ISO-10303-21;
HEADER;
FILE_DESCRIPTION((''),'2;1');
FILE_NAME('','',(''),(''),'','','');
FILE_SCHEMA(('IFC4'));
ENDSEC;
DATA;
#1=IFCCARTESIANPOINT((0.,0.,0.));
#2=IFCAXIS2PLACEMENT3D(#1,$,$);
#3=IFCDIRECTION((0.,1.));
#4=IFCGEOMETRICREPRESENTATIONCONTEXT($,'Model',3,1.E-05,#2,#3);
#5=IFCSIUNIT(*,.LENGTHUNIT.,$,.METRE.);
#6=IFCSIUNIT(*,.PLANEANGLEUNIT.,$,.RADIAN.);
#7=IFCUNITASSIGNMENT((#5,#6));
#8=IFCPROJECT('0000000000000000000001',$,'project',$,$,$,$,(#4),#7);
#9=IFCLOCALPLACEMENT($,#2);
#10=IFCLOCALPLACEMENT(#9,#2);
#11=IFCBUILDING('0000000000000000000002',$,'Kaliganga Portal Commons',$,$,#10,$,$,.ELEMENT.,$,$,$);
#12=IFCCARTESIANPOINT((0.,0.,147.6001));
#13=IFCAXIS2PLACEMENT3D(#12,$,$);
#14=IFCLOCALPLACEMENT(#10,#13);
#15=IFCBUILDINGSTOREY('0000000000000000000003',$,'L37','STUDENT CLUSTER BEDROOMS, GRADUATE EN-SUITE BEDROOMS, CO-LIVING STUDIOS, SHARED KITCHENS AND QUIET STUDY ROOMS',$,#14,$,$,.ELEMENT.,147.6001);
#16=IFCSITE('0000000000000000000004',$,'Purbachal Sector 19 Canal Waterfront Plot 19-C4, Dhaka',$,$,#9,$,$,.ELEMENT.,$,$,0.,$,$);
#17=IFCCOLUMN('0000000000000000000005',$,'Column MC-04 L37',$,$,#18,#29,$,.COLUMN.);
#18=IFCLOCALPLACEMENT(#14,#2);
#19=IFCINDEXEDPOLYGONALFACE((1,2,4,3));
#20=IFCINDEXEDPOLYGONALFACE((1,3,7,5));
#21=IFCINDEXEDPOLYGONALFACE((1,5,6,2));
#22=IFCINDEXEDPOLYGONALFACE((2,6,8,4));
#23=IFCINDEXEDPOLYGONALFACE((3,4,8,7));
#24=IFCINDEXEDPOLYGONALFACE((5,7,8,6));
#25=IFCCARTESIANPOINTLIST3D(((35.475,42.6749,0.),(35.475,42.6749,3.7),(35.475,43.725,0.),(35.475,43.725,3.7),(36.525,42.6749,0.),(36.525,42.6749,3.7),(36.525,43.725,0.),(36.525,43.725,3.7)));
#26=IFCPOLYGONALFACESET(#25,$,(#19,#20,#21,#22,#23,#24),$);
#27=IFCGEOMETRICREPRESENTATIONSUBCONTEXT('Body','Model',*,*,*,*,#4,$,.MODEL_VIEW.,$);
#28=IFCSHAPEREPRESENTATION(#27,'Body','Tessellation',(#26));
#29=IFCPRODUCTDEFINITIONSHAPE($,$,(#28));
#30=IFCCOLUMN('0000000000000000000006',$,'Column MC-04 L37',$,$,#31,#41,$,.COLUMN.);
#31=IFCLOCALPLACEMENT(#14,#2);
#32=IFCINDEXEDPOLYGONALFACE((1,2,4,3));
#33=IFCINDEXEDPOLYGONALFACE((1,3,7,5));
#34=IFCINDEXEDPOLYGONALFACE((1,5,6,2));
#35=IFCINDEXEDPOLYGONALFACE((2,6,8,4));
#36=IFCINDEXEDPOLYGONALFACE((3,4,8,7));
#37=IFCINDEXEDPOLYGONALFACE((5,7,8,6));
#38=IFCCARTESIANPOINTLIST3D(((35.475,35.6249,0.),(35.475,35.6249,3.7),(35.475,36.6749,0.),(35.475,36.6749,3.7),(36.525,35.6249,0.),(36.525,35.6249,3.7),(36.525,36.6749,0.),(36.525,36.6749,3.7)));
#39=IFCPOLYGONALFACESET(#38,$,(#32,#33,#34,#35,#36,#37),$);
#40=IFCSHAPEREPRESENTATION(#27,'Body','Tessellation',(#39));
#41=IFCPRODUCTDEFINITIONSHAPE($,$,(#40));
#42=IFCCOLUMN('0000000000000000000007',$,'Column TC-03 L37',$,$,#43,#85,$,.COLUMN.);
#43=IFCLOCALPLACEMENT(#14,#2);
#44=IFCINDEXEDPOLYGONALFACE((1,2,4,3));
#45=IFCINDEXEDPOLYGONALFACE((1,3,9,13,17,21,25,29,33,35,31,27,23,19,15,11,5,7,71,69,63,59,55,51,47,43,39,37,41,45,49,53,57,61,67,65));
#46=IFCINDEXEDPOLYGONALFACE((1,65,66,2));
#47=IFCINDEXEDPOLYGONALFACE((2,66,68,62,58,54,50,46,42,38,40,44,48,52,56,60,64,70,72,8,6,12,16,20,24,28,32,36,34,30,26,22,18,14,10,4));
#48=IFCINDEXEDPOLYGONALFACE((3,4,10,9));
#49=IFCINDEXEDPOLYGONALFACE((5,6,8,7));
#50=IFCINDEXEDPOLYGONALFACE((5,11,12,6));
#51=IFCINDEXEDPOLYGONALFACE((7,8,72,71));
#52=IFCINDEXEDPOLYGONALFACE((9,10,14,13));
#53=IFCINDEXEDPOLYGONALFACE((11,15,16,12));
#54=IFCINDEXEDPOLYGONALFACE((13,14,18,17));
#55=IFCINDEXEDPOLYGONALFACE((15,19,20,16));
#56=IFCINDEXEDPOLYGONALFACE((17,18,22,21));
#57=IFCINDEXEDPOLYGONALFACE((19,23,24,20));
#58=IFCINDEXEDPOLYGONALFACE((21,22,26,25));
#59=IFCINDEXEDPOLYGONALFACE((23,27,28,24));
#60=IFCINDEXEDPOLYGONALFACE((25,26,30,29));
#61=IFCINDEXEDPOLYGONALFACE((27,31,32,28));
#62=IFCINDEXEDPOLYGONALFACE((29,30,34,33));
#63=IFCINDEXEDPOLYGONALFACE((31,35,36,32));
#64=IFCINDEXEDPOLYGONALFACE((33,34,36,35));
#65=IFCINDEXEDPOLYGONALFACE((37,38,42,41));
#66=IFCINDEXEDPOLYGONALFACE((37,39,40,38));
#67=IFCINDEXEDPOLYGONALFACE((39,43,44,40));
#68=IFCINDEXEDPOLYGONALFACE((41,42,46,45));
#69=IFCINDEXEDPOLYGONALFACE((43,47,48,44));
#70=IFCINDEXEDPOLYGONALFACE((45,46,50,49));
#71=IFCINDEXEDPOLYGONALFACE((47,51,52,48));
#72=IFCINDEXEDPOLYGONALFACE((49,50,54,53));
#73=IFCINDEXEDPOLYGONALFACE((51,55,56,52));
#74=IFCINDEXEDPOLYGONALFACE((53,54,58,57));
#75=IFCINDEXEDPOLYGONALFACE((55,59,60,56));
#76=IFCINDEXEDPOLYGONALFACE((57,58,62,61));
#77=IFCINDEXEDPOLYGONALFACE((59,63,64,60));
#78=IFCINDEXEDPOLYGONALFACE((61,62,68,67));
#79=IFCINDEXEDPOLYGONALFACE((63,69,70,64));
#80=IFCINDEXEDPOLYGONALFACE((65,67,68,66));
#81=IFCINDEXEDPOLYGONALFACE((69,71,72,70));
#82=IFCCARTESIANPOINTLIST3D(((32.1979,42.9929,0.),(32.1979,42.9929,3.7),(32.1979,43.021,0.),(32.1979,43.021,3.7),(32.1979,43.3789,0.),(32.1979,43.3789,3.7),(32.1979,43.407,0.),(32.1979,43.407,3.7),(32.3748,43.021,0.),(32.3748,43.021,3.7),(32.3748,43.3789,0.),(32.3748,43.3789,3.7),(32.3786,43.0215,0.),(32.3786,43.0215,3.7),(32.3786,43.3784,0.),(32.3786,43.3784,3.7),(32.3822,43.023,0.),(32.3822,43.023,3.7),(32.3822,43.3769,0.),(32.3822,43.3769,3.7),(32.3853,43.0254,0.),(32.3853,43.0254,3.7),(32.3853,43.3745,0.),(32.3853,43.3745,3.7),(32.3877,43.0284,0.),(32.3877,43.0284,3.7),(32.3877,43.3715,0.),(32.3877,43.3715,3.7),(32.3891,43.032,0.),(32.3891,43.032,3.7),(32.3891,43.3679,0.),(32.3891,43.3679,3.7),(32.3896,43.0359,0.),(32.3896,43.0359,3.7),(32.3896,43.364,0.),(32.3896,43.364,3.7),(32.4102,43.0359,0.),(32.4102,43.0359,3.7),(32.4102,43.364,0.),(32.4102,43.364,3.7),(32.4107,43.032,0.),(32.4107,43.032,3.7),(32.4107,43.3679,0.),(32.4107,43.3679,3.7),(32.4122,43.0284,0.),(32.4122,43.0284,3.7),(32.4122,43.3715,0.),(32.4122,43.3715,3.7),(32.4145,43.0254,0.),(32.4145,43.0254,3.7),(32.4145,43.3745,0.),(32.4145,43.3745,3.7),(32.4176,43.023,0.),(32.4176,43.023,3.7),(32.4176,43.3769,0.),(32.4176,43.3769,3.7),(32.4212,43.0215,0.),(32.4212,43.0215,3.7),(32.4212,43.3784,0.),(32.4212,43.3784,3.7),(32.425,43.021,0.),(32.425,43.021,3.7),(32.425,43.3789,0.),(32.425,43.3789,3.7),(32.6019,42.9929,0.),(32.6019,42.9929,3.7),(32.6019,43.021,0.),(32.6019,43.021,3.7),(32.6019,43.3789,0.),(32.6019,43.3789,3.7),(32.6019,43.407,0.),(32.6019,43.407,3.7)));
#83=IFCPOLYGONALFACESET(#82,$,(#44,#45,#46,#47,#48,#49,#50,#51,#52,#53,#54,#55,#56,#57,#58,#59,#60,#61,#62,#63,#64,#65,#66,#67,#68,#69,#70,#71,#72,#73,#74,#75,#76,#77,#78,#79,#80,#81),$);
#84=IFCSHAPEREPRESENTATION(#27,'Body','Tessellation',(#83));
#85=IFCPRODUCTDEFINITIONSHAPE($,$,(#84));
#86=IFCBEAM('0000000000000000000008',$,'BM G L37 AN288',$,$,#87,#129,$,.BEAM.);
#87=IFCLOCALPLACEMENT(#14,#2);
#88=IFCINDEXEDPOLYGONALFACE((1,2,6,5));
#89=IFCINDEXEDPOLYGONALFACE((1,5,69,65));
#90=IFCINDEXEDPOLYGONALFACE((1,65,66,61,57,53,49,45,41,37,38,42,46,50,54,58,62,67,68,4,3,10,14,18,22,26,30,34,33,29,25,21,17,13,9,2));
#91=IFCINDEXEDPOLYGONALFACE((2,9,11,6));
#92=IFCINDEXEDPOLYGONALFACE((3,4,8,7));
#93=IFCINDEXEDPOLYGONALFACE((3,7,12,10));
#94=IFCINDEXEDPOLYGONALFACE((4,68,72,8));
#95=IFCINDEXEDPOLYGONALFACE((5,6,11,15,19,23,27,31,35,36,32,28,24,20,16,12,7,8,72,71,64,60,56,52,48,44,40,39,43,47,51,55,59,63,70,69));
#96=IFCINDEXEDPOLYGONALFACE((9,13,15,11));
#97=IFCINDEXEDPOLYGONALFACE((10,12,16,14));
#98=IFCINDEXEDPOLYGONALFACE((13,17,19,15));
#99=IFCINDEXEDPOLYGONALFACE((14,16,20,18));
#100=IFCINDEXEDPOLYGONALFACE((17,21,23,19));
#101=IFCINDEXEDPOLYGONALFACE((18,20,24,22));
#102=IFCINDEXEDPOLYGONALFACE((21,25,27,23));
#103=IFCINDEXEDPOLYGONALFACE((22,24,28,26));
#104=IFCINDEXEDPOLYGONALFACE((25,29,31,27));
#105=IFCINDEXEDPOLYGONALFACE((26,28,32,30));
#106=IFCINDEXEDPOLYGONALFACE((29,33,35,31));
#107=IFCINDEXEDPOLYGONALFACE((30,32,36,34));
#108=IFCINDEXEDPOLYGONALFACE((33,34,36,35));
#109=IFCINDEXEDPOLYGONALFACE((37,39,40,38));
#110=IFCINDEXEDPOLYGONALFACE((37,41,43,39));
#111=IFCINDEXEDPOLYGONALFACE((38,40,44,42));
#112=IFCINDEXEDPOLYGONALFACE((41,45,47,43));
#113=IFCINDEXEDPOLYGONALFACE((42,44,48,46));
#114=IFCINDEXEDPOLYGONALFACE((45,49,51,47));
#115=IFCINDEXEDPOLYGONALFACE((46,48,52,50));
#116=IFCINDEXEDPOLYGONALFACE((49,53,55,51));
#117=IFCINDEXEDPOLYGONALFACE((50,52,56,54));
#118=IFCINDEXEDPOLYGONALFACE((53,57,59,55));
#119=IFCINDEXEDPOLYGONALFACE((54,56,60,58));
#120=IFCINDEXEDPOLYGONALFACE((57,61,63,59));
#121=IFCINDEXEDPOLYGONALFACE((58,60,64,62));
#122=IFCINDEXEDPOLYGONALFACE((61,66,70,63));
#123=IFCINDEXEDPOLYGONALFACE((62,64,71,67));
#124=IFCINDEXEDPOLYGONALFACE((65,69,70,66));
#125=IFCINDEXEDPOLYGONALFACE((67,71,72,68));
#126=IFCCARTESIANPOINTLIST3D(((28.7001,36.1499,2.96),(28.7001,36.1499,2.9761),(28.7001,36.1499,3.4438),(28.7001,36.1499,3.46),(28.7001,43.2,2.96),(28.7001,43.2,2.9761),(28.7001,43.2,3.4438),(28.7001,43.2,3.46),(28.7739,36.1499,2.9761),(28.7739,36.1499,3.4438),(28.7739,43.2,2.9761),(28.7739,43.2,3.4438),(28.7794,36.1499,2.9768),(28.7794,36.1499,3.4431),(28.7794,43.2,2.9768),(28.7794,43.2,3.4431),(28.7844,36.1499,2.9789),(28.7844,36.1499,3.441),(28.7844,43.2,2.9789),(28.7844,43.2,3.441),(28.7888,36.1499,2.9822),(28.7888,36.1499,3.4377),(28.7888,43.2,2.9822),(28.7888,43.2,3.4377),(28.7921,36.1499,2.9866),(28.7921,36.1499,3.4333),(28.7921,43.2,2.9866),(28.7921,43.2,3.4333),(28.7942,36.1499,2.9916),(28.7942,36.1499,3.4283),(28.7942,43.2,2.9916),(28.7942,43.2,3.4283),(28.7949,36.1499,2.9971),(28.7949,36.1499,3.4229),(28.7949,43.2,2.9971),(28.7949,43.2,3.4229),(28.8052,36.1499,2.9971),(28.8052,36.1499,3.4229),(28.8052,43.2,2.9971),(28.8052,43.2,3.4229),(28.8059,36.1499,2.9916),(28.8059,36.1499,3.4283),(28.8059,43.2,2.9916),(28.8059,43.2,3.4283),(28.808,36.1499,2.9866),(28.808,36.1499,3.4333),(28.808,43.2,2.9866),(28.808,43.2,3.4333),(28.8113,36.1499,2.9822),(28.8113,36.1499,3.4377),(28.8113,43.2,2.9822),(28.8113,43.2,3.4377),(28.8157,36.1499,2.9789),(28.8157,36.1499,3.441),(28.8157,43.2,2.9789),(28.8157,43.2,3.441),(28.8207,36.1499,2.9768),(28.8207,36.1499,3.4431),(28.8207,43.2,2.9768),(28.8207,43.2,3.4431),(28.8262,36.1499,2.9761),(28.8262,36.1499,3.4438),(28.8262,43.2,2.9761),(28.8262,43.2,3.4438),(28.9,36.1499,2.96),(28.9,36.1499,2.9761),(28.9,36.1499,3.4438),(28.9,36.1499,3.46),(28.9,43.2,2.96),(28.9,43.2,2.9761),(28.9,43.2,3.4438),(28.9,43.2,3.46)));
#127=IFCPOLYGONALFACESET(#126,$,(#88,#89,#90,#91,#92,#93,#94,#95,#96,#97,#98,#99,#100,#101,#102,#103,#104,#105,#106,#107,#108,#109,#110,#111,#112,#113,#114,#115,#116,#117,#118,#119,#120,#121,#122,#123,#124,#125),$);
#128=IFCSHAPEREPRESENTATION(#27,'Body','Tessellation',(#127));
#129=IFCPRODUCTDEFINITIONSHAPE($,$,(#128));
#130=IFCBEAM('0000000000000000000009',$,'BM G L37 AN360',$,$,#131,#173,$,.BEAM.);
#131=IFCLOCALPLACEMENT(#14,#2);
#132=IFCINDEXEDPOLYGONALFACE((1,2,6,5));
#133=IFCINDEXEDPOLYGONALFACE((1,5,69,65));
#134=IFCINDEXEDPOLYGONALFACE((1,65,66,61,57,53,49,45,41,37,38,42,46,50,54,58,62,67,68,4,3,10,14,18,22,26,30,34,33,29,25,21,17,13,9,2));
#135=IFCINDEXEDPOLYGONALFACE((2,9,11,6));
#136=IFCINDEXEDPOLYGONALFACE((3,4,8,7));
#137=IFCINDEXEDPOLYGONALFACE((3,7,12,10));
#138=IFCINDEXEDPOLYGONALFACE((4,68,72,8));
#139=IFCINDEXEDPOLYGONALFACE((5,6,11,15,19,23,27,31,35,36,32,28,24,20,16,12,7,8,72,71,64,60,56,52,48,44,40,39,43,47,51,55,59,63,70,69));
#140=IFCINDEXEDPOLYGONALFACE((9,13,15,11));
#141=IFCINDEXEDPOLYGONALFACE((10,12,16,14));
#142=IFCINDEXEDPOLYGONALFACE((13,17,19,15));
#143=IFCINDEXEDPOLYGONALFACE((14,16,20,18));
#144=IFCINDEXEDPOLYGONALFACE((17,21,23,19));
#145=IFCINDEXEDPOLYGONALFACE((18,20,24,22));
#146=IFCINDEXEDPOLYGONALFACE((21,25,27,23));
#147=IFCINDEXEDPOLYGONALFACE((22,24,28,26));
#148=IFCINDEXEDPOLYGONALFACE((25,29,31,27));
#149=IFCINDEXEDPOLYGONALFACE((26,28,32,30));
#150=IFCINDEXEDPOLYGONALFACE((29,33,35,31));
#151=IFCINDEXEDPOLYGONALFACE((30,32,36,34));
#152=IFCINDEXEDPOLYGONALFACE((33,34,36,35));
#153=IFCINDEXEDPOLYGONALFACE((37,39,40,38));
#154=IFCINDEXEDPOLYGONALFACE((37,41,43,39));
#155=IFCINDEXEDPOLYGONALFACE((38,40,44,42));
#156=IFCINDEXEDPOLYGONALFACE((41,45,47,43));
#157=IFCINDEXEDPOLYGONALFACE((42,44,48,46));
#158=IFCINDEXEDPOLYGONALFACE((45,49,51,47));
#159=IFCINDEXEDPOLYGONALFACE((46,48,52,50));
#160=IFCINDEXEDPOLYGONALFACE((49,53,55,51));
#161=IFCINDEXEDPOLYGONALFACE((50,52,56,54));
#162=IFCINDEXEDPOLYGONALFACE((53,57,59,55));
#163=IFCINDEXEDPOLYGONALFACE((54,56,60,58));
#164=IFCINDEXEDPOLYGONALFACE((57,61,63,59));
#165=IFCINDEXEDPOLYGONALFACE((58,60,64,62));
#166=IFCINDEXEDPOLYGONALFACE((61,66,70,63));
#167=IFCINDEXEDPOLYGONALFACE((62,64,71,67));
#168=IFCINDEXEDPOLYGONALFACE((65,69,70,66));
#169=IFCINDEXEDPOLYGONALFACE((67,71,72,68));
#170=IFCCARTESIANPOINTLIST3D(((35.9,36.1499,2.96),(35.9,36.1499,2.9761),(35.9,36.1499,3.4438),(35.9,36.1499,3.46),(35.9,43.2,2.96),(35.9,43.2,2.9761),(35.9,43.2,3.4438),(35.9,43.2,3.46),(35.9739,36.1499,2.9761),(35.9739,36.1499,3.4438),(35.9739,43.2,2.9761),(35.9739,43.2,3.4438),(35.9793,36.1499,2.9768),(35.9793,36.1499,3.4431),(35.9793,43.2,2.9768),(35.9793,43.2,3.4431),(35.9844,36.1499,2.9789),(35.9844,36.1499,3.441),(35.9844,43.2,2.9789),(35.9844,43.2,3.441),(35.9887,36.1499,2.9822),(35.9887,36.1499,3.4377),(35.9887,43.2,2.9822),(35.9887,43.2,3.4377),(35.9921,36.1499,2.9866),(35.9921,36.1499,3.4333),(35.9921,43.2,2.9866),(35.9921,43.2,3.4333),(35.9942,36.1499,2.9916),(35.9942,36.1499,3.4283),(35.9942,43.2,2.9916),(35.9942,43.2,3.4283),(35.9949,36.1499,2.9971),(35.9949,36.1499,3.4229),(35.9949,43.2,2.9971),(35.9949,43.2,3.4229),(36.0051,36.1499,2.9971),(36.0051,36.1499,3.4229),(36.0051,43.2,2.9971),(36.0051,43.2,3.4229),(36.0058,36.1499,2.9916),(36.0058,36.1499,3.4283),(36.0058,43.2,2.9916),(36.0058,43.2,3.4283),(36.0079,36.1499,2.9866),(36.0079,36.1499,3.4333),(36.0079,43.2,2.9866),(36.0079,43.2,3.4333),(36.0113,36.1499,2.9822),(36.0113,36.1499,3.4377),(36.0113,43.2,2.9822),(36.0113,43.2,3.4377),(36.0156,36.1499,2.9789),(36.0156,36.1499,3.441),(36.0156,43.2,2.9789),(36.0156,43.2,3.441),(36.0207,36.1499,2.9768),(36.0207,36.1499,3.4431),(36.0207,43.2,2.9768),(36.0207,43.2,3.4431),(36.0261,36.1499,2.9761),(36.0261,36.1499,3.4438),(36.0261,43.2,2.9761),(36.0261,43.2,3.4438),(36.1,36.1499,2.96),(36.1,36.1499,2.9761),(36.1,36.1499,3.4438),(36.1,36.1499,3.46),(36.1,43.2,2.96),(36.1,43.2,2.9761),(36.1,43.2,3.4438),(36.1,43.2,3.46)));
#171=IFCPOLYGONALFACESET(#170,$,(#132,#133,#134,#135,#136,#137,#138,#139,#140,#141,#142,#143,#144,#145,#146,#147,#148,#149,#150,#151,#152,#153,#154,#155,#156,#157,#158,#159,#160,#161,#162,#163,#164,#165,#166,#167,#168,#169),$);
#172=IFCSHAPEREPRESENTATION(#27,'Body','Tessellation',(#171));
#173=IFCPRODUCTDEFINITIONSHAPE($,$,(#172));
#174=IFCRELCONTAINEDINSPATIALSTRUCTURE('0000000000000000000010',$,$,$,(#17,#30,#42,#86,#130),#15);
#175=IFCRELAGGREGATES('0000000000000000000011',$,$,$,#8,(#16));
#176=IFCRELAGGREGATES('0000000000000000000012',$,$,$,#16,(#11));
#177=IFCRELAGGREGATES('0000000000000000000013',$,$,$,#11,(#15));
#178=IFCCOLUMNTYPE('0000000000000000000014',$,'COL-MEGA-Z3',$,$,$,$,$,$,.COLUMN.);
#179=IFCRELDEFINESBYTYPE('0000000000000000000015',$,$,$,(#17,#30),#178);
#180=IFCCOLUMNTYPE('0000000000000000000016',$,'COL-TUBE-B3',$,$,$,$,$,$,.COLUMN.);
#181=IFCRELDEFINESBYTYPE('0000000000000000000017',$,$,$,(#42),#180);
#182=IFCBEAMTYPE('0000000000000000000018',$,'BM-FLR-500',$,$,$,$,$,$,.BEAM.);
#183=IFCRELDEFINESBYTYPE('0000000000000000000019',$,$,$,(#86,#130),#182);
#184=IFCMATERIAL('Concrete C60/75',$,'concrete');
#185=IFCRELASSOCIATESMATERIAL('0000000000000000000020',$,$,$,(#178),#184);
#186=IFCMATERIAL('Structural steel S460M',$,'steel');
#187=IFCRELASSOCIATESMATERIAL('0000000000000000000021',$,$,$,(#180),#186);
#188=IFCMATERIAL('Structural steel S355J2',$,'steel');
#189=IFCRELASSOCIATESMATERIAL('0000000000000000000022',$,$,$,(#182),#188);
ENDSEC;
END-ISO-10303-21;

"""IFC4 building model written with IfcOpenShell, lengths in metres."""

from ifc_helpers import new_model, si_unit, direction, frame, origin, origin_2d, place, context, subcontext, project, spatial, rectangle, i_section, extrude, source, transform, mapped, material, material_profile, profile_set, type_object, element, save


model = new_model("IFC4")

# Units and contexts
model_context = context("Model", 3, precision=1e-05, world=origin(), true_north=direction((0.0, 1.0)))
body_context = subcontext(model_context, "Body", "Model", "MODEL_VIEW")
ifc_project = project(units=[si_unit("LENGTHUNIT", "METRE"), si_unit("PLANEANGLEUNIT", "RADIAN")], contexts=[model_context])

# Site, building, storey
site_placement = place(None, origin())
site = spatial("IfcSite", under=ifc_project, at=site_placement, Name="Purbachal Sector 19 Canal Waterfront Plot 19-C4, Dhaka", CompositionType="ELEMENT", RefElevation=0.0)
building_placement = place(site_placement, origin())
building = spatial("IfcBuilding", under=site, at=building_placement, Name="Kaliganga Portal Commons", CompositionType="ELEMENT")
storey_placement = place(building_placement, frame((0.0, 0.0, 147.6001)))
storey = spatial("IfcBuildingStorey", under=building, at=storey_placement, Name="L37", Description="STUDENT CLUSTER BEDROOMS, GRADUATE EN-SUITE BEDROOMS, CO-LIVING STUDIOS, SHARED KITCHENS AND QUIET STUDY ROOMS", CompositionType="ELEMENT", Elevation=147.6001)

# Columns
ifc_material_1 = material(Name="Concrete C60/75", Category="concrete")
ifc_material_profile_1 = material_profile(ifc_material_1, rectangle(XDim=1.05, YDim=1.05, at=origin_2d()), Name="RC 1050x1050")
ifc_profile_set_1 = profile_set([ifc_material_profile_1], Name="Concrete C60/75")
column_type_1 = type_object("IfcColumnType", Name="COL-MEGA-Z3", PredefinedType="COLUMN", material=ifc_profile_set_1)
shared_shape_1 = source(origin(), body_context, "Body", "SweptSolid", [
    extrude(rectangle(XDim=1.05, YDim=1.05, at=origin_2d()), origin(), (0.0, 0.0, 1.0), 3.7),
])
for number, where, z_axis, x_axis, name in (
    (1, (36.0, 43.2, 0.0), (0.0, 0.0, 1.0), (1.0, 0.0, 0.0), "Column MC-04 L37"),
    (2, (36.0, 36.1499, 0.0), (0.0, 0.0, 1.0), (1.0, 0.0, 0.0), "Column MC-04 L37"),
):
    element("IfcColumn", number, at=place(storey_placement, frame(where, z_axis=z_axis, x_axis=x_axis)), inside=storey, type_object=column_type_1, Name=name, PredefinedType="COLUMN", context=body_context, shape_type="MappedRepresentation", body=[
        mapped(shared_shape_1, transform((0.0, 0.0, 0.0), x_axis=(1.0, 0.0, 0.0), y_axis=(0.0, 1.0, 0.0), z_axis=(0.0, 0.0, 1.0), scale=1.0)),
    ])
ifc_material_2 = material(Name="Structural steel S460M", Category="steel")
ifc_material_profile_2 = material_profile(ifc_material_2, i_section(OverallWidth=0.4041, OverallDepth=0.4141, WebThickness=0.0205, FlangeThickness=0.0281, FilletRadius=0.0149, at=origin_2d()), Name="HD 400x347")
ifc_profile_set_2 = profile_set([ifc_material_profile_2], Name="Structural steel S460M wide-flange")
column_type_2 = type_object("IfcColumnType", Name="COL-TUBE-B3", PredefinedType="COLUMN", material=ifc_profile_set_2)
shared_shape_2 = source(origin(), body_context, "Body", "SweptSolid", [
    extrude(i_section(OverallWidth=0.4041, OverallDepth=0.4141, WebThickness=0.0205, FlangeThickness=0.0281, FilletRadius=0.0149, at=origin_2d()), origin(), (0.0, 0.0, 1.0), 3.7),
])
column_placement = place(storey_placement, frame((32.3999, 43.2, 0.0), z_axis=(0.0, 0.0, 1.0), x_axis=(1.0, 0.0, 0.0)))
element("IfcColumn", 3, at=column_placement, inside=storey, type_object=column_type_2, Name="Column TC-03 L37", PredefinedType="COLUMN", context=body_context, shape_type="MappedRepresentation", body=[
    mapped(shared_shape_2, transform((0.0, 0.0, 0.0), x_axis=(1.0, 0.0, 0.0), y_axis=(0.0, 1.0, 0.0), z_axis=(0.0, 0.0, 1.0), scale=1.0)),
])

# Beams
ifc_material_3 = material(Name="Structural steel S355J2", Category="steel")
ifc_material_profile_3 = material_profile(ifc_material_3, i_section(OverallWidth=0.2, OverallDepth=0.5, WebThickness=0.0103, FlangeThickness=0.0161, FilletRadius=0.021, at=origin_2d()), Name="IPE 500")
ifc_profile_set_3 = profile_set([ifc_material_profile_3], Name="Structural steel S355J2 wide-flange")
beam_type_1 = type_object("IfcBeamType", Name="BM-FLR-500", PredefinedType="BEAM", material=ifc_profile_set_3)
shared_shape_3 = source(origin(), body_context, "Body", "SweptSolid", [
    extrude(i_section(OverallWidth=0.2, OverallDepth=0.5, WebThickness=0.0103, FlangeThickness=0.0161, FilletRadius=0.021, at=origin_2d()), origin(), (0.0, 0.0, 1.0), 7.05),
])
for number, where, z_axis, x_axis, name in (
    (4, (28.8, 36.1499, 3.21), (0.0, 1.0, 0.0), (-1.0, 0.0, 0.0), "BM G L37 AN288"),
    (5, (36.0, 36.1499, 3.21), (0.0, 1.0, 0.0), (-1.0, 0.0, 0.0), "BM G L37 AN360"),
):
    element("IfcBeam", number, at=place(storey_placement, frame(where, z_axis=z_axis, x_axis=x_axis)), inside=storey, type_object=beam_type_1, Name=name, PredefinedType="BEAM", context=body_context, shape_type="MappedRepresentation", body=[
        mapped(shared_shape_3, transform((0.0, 0.0, 0.0), x_axis=(1.0, 0.0, 0.0), y_axis=(0.0, 1.0, 0.0), z_axis=(0.0, 0.0, 1.0), scale=1.0)),
    ])

save(model, "model.ifc")
